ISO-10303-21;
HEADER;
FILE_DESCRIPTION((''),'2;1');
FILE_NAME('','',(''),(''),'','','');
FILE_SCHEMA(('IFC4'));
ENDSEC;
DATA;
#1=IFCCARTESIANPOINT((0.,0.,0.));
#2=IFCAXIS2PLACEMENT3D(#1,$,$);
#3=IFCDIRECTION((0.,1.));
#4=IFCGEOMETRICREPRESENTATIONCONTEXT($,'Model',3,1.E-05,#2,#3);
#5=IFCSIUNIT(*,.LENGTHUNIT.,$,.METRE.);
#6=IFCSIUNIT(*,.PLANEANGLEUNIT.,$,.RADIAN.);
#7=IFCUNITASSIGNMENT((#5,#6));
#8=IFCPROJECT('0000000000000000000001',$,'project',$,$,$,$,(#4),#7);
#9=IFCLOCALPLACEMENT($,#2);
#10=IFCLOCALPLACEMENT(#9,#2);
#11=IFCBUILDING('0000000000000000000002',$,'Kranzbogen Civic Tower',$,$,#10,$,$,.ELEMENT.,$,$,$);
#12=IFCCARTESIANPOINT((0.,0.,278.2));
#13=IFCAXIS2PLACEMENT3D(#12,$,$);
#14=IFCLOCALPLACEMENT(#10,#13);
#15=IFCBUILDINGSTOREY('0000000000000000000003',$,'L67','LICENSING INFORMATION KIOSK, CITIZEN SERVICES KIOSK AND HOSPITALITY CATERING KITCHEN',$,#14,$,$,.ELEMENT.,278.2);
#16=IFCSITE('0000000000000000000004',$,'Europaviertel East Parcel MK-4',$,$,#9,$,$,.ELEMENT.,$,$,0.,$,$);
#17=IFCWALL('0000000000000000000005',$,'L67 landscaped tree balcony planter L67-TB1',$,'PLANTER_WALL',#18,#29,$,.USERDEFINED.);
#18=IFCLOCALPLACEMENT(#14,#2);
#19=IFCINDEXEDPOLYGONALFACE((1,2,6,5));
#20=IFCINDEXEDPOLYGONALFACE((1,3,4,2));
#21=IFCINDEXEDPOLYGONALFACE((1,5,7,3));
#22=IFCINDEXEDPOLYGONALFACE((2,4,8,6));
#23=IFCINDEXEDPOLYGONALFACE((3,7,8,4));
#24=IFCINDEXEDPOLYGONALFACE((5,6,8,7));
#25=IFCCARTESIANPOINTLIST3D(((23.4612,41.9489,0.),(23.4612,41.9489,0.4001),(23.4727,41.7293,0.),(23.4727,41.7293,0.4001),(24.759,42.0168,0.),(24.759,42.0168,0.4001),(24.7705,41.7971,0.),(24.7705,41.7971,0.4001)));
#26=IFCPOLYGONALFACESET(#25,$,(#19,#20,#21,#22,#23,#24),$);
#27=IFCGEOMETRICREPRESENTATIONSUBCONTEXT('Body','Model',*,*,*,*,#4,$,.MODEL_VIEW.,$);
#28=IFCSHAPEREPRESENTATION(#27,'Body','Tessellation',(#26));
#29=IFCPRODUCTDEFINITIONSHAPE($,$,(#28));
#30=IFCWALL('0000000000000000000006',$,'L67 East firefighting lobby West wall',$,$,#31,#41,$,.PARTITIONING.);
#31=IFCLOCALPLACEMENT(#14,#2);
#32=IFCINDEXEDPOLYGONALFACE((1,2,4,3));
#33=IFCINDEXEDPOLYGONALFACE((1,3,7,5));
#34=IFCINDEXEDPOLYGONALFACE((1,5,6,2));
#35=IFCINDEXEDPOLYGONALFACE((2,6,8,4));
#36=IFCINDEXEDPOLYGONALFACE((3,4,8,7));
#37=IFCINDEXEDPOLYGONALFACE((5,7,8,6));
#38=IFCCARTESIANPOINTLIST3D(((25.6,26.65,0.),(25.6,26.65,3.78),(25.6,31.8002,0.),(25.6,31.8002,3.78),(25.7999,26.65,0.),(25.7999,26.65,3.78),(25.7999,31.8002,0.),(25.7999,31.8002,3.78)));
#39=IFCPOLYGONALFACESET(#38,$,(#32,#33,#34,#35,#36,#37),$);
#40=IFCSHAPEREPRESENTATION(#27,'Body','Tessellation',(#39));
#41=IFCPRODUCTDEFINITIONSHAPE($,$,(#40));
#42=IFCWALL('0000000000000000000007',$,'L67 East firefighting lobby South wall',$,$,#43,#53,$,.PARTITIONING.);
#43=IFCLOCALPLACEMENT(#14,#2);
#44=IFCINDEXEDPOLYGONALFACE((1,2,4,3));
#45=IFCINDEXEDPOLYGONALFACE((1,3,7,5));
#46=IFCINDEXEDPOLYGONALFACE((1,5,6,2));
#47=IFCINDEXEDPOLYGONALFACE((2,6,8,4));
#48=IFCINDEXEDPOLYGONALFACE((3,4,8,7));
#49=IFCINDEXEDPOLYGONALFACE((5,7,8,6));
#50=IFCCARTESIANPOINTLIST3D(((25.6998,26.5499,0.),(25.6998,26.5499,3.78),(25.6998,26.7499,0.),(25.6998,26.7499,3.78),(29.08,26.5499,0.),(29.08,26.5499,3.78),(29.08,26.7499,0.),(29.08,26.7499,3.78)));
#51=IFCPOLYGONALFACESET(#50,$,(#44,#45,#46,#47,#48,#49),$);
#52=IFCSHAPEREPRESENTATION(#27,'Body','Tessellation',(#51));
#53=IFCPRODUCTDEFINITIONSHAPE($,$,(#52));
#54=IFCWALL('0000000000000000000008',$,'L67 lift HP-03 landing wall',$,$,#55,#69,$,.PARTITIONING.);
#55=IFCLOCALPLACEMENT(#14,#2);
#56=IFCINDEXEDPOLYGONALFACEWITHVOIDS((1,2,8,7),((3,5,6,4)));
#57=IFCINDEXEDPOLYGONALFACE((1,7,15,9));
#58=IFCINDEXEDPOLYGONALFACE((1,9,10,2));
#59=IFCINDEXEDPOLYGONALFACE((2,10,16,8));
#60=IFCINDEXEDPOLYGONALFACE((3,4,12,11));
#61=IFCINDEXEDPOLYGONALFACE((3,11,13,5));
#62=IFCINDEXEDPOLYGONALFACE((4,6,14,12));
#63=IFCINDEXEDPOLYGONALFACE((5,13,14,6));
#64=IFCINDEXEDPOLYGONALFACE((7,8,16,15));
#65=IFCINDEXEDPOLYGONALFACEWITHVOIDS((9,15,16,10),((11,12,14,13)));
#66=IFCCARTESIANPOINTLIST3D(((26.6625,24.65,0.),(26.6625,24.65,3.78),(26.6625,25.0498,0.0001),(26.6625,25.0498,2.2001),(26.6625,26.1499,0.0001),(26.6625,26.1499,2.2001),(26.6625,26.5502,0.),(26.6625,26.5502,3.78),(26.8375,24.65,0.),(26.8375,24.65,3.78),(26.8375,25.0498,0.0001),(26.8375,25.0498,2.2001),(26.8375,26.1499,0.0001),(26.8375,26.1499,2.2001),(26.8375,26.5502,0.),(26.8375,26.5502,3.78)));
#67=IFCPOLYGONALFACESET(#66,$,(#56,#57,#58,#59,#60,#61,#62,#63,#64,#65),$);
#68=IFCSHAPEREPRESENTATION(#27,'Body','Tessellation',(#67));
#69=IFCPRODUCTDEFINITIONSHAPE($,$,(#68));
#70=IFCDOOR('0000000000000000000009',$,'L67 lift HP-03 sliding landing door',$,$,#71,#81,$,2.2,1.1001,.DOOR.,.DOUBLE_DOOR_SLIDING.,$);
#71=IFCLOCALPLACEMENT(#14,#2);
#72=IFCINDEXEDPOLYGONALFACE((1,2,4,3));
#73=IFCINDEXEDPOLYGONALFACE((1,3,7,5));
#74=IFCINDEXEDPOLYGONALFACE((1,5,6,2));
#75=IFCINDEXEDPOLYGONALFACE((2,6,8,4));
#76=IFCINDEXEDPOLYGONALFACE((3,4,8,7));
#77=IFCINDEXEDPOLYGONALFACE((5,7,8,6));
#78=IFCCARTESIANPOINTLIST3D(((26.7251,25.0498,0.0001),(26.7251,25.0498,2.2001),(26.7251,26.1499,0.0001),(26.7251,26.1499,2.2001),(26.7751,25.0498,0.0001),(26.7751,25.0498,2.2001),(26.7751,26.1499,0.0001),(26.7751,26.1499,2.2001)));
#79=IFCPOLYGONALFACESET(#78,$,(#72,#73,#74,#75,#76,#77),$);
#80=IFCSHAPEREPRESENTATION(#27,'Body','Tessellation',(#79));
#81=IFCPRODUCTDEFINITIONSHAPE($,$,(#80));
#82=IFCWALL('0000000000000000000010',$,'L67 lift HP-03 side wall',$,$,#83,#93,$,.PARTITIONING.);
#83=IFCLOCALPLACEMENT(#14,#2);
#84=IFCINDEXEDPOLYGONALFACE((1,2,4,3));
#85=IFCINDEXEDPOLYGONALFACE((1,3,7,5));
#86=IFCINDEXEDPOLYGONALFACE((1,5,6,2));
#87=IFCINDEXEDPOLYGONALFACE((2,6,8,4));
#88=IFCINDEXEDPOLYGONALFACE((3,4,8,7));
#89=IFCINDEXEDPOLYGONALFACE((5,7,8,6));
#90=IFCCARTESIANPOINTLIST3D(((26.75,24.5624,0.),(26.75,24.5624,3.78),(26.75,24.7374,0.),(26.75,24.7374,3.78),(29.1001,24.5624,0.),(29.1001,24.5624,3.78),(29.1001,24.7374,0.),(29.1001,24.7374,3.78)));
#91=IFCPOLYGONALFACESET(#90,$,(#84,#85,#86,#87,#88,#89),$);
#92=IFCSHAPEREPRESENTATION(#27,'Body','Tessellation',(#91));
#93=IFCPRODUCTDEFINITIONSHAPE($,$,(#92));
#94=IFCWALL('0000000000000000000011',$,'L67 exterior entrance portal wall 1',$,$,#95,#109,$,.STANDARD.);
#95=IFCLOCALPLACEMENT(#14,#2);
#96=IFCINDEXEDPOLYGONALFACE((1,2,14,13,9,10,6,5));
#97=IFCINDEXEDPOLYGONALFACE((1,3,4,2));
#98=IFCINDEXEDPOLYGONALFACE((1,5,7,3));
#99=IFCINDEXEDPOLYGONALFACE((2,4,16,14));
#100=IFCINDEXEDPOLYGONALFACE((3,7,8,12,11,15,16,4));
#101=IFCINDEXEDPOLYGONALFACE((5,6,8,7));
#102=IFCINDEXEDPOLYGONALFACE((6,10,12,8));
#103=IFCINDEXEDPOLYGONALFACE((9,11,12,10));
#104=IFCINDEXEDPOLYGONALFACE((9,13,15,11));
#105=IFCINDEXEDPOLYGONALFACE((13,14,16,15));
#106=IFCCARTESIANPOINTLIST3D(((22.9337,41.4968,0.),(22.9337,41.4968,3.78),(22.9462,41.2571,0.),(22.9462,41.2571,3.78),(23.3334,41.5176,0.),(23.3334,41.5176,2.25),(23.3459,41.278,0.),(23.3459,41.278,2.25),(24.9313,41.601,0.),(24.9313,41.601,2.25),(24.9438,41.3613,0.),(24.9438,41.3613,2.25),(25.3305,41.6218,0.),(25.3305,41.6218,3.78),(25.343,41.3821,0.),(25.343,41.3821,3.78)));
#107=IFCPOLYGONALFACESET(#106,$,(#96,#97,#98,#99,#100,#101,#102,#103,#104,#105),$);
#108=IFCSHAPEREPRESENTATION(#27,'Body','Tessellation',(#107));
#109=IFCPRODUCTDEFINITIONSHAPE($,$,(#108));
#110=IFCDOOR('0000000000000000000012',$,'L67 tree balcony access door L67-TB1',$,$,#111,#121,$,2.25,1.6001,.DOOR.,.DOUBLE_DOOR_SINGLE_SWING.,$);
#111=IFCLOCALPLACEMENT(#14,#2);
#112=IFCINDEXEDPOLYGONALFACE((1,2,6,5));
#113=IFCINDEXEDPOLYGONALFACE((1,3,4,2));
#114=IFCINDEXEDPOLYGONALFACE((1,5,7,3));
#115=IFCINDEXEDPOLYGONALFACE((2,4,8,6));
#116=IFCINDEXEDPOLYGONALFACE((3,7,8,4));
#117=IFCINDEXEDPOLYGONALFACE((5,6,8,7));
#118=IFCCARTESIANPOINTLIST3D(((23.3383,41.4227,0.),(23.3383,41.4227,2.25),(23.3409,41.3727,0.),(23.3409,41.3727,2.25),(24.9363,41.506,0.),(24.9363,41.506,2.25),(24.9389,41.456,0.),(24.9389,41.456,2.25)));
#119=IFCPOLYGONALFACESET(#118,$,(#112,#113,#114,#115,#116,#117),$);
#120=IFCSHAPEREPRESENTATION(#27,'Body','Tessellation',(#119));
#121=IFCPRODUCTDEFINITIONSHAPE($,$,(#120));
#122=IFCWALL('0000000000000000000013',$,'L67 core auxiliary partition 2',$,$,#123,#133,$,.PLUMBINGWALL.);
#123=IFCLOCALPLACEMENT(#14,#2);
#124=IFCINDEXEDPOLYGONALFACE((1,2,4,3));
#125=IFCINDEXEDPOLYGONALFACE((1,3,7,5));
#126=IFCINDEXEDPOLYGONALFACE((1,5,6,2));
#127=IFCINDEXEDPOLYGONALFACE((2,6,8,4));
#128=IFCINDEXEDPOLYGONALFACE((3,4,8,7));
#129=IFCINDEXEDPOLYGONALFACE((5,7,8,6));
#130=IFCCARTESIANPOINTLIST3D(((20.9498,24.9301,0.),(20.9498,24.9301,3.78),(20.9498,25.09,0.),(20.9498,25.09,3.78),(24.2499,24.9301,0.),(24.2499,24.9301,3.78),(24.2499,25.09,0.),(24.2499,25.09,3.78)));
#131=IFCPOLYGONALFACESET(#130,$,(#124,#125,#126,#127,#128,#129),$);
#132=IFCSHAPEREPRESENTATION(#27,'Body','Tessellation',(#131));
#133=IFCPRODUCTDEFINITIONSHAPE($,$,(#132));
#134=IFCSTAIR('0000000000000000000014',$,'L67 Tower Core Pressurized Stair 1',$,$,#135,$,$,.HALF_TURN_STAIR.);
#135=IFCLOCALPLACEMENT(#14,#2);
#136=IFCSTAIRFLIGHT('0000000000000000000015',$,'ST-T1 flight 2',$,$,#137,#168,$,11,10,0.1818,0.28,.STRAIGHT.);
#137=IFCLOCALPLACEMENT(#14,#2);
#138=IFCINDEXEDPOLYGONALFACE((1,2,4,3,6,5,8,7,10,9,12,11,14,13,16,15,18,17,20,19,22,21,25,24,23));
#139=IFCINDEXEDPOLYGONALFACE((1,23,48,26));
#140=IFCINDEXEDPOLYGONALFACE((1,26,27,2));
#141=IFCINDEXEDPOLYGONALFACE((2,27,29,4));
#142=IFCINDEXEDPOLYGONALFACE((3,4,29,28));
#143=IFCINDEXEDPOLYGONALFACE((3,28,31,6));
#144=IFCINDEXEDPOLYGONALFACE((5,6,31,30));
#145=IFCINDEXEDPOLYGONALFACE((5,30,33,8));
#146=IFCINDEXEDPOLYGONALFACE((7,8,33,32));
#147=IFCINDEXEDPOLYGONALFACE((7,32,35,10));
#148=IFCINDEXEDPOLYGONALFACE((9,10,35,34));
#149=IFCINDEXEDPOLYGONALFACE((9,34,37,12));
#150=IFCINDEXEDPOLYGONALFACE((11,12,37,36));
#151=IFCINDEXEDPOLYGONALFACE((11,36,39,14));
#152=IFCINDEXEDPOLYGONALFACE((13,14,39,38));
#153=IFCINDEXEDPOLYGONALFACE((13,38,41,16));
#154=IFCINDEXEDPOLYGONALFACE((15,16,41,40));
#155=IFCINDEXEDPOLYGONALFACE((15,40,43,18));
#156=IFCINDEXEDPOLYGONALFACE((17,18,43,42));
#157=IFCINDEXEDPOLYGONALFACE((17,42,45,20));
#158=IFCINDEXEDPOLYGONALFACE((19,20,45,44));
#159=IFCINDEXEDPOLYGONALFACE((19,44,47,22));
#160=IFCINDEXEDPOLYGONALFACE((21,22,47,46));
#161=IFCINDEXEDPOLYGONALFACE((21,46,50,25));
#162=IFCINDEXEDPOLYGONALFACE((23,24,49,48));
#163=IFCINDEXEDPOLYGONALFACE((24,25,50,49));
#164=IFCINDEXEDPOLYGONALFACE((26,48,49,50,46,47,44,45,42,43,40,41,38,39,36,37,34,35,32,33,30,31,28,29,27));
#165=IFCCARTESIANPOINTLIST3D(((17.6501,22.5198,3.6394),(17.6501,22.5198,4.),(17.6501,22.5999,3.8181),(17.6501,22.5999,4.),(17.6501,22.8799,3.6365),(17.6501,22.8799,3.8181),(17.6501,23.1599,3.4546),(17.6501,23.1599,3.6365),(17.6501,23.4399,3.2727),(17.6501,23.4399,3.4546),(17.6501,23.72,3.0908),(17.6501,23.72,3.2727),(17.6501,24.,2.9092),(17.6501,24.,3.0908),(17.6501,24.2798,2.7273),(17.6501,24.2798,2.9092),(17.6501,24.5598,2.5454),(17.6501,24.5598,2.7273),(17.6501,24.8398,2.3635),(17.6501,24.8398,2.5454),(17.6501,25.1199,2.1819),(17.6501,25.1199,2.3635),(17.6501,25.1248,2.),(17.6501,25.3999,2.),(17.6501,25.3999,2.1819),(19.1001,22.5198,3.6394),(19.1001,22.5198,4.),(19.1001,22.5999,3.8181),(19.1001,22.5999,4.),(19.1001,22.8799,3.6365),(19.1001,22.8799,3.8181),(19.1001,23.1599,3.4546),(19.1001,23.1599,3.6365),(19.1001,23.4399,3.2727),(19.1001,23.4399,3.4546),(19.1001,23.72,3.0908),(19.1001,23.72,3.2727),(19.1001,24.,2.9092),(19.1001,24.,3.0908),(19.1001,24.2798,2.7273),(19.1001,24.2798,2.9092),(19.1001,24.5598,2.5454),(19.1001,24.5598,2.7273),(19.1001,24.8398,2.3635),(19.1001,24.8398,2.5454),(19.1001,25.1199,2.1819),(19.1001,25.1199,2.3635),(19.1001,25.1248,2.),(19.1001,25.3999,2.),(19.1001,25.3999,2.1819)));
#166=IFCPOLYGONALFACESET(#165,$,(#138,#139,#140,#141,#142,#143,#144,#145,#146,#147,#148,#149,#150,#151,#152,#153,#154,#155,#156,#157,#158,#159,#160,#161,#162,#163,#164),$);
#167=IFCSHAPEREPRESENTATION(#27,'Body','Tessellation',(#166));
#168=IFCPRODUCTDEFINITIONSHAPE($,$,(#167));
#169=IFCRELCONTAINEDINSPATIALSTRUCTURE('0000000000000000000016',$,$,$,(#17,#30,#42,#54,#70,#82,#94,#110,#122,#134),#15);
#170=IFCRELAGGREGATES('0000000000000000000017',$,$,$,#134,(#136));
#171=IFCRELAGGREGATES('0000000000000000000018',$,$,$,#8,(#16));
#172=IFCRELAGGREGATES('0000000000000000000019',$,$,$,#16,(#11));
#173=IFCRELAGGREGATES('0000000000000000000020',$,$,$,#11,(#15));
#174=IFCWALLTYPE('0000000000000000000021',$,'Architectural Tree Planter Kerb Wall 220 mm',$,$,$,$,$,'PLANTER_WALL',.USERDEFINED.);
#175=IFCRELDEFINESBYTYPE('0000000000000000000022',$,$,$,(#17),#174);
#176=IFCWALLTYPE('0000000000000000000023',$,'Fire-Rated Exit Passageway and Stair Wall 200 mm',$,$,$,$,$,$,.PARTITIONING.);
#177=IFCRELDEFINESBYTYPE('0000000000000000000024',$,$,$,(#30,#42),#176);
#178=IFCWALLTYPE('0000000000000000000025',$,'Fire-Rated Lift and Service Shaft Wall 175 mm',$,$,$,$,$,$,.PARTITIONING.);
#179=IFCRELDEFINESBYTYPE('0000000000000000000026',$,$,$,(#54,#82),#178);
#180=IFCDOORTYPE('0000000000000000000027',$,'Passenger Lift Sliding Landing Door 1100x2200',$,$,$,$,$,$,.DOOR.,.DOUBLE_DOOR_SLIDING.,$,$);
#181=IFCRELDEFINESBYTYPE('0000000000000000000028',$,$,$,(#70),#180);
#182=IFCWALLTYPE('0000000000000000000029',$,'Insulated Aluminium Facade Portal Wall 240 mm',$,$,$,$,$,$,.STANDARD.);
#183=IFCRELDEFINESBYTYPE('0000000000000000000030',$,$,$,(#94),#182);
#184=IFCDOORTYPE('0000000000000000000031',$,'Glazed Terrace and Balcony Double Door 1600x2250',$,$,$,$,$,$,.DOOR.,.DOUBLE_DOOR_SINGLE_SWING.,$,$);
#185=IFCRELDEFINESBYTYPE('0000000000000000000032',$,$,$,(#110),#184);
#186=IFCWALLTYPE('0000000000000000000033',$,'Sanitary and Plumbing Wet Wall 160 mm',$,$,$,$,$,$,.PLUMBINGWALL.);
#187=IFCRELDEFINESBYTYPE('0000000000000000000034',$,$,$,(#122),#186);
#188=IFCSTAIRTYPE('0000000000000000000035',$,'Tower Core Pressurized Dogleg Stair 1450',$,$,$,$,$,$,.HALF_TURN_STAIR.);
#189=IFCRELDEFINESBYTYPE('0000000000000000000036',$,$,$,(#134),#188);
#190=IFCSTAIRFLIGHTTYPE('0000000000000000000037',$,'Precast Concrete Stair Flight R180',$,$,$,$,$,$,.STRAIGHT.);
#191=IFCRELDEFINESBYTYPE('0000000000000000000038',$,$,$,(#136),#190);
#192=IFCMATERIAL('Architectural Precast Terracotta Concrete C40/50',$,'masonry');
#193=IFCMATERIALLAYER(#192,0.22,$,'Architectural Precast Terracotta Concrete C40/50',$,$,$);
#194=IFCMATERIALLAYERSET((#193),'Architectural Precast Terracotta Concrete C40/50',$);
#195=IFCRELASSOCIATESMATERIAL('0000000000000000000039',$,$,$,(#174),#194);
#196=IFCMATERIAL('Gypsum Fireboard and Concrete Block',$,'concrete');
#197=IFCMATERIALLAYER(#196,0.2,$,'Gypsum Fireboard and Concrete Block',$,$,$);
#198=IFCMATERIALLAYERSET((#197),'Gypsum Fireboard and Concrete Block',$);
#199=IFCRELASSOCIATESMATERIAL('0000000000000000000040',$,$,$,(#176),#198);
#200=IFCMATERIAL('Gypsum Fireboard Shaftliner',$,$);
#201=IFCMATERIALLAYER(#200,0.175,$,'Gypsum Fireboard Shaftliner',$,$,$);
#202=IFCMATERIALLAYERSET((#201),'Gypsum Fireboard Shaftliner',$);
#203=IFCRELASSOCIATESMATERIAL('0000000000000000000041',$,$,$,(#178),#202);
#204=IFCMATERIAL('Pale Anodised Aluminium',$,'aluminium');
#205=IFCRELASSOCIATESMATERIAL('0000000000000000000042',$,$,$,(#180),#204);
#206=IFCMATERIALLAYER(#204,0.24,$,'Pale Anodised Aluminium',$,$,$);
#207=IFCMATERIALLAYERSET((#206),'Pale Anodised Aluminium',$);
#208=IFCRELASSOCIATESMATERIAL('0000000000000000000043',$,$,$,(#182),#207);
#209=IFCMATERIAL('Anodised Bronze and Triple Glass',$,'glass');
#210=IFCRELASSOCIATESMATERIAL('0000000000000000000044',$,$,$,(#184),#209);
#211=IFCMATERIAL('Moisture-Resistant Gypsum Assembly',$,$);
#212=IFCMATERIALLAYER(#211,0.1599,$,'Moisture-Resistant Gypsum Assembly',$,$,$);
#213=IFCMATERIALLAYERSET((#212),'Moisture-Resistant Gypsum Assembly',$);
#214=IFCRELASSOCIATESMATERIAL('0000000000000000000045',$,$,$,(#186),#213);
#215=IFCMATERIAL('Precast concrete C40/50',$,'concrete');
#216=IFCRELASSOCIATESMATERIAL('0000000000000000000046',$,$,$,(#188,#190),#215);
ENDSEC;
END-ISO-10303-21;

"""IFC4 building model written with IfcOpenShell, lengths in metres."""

from ifc_helpers import new_model, si_unit, direction, frame, frame_2d, origin, place, context, subcontext, project, spatial, polyline, rectangle, outline, extrude, material, layer, layer_set, type_object, element, fill, aggregate, save


model = new_model("IFC4")

# Units and contexts
model_context = context("Model", 3, precision=1e-05, world=origin(), true_north=direction((0.0, 1.0)))
body_context = subcontext(model_context, "Body", "Model", "MODEL_VIEW")
ifc_project = project(units=[si_unit("LENGTHUNIT", "METRE"), si_unit("PLANEANGLEUNIT", "RADIAN")], contexts=[model_context])

# Site, building, storey
site_placement = place(None, origin())
site = spatial("IfcSite", under=ifc_project, at=site_placement, Name="Europaviertel East Parcel MK-4", CompositionType="ELEMENT", RefElevation=0.0)
building_placement = place(site_placement, origin())
building = spatial("IfcBuilding", under=site, at=building_placement, Name="Kranzbogen Civic Tower", CompositionType="ELEMENT")
storey_placement = place(building_placement, frame((0.0, 0.0, 278.2)))
storey = spatial("IfcBuildingStorey", under=building, at=storey_placement, Name="L67", Description="LICENSING INFORMATION KIOSK, CITIZEN SERVICES KIOSK AND HOSPITALITY CATERING KITCHEN", CompositionType="ELEMENT", Elevation=278.2)

# Shared definitions
ifc_material_1 = material(Name="Pale Anodised Aluminium", Category="aluminium")

# Walls
ifc_material_2 = material(Name="Architectural Precast Terracotta Concrete C40/50", Category="masonry")
ifc_layer_1 = layer(ifc_material_2, 0.22, Name="Architectural Precast Terracotta Concrete C40/50")
ifc_layer_set_1 = layer_set([ifc_layer_1], Name="Architectural Precast Terracotta Concrete C40/50")
wall_type_1 = type_object("IfcWallType", Name="Architectural Tree Planter Kerb Wall 220 mm", ElementType="PLANTER_WALL", PredefinedType="USERDEFINED", material=ifc_layer_set_1)
wall_1_placement = place(storey_placement, frame((24.7649, 41.907, 0.0), z_axis=(0.0, 0.0, 1.0), x_axis=(-0.998635, -0.052224, 0.0)))
element("IfcWall", 1, at=wall_1_placement, inside=storey, type_object=wall_type_1, Name="L67 landscaped tree balcony planter L67-TB1", ObjectType="PLANTER_WALL", PredefinedType="USERDEFINED", context=body_context, shape_type="SweptSolid", body=[
    extrude(rectangle(XDim=1.2996, YDim=0.22, at=frame_2d((0.6499, 0.0))), origin(), (0.0, 0.0, 1.0), 0.4001),
])
ifc_material_3 = material(Name="Gypsum Fireboard and Concrete Block", Category="concrete")
ifc_layer_2 = layer(ifc_material_3, 0.2, Name="Gypsum Fireboard and Concrete Block")
ifc_layer_set_2 = layer_set([ifc_layer_2], Name="Gypsum Fireboard and Concrete Block")
wall_type_2 = type_object("IfcWallType", Name="Fire-Rated Exit Passageway and Stair Wall 200 mm", PredefinedType="PARTITIONING", material=ifc_layer_set_2)
wall_2_placement = place(storey_placement, frame((25.7, 26.6499, 0.0), z_axis=(0.0, 0.0, 1.0), x_axis=(0.0, 1.0, 0.0)))
element("IfcWall", 2, at=wall_2_placement, inside=storey, type_object=wall_type_2, Name="L67 East firefighting lobby West wall", PredefinedType="PARTITIONING", context=body_context, shape_type="SweptSolid", body=[
    extrude(rectangle(XDim=5.1501, YDim=0.2, at=frame_2d((2.5752, 0.0))), origin(), (0.0, 0.0, 1.0), 3.78),
])
wall_3_placement = place(storey_placement, frame((25.7, 26.6499, 0.0), z_axis=(0.0, 0.0, 1.0), x_axis=(1.0, 0.0, 0.0)))
element("IfcWall", 3, at=wall_3_placement, inside=storey, type_object=wall_type_2, Name="L67 East firefighting lobby South wall", PredefinedType="PARTITIONING", context=body_context, shape_type="SweptSolid", body=[
    extrude(rectangle(XDim=3.3801, YDim=0.2, at=frame_2d((1.6899, 0.0))), origin(), (0.0, 0.0, 1.0), 3.78),
])

# Wall, opening, door
ifc_material_4 = material(Name="Gypsum Fireboard Shaftliner")
ifc_layer_3 = layer(ifc_material_4, 0.175, Name="Gypsum Fireboard Shaftliner")
ifc_layer_set_3 = layer_set([ifc_layer_3], Name="Gypsum Fireboard Shaftliner")
wall_type_3 = type_object("IfcWallType", Name="Fire-Rated Lift and Service Shaft Wall 175 mm", PredefinedType="PARTITIONING", material=ifc_layer_set_3)
wall_4_placement = place(storey_placement, frame((26.75, 24.6499, 0.0), z_axis=(0.0, 0.0, 1.0), x_axis=(0.0, 1.0, 0.0)))
wall_4 = element("IfcWall", 4, at=wall_4_placement, inside=storey, type_object=wall_type_3, Name="L67 lift HP-03 landing wall", PredefinedType="PARTITIONING", context=body_context, shape_type="SweptSolid", body=[
    extrude(rectangle(XDim=1.9001, YDim=0.175, at=frame_2d((0.9502, 0.0))), origin(), (0.0, 0.0, 1.0), 3.78),
])
opening_1_placement = place(wall_4_placement, frame((0.3999, 0.0, 0.0)))
opening_1 = element("IfcOpeningElement", 5, at=opening_1_placement, cuts=wall_4, PredefinedType="OPENING", context=body_context, shape_type="SweptSolid", body=[
    extrude(rectangle(XDim=1.1001, YDim=2.2, at=frame_2d((0.55, 1.1001))), frame((0.0, 0.0977, 0.0), z_axis=(0.0, -1.0, 0.0), x_axis=(1.0, 0.0, 0.0)), (0.0, 0.0, 1.0), 0.1951),
])
door_type_1 = type_object("IfcDoorType", Name="Passenger Lift Sliding Landing Door 1100x2200", OperationType="DOUBLE_DOOR_SLIDING", PredefinedType="DOOR", material=ifc_material_1)
door_1_placement = place(opening_1_placement, origin())
door_1 = element("IfcDoor", 6, at=door_1_placement, inside=storey, type_object=door_type_1, Name="L67 lift HP-03 sliding landing door", OperationType="DOUBLE_DOOR_SLIDING", OverallHeight=2.2, OverallWidth=1.1001, PredefinedType="DOOR", context=body_context, shape_type="SweptSolid", body=[
    extrude(rectangle(XDim=1.1001, YDim=2.2, at=frame_2d((0.55, 1.1001))), frame((0.0, 0.0249, 0.0), z_axis=(0.0, -1.0, 0.0), x_axis=(1.0, 0.0, 0.0)), (0.0, 0.0, 1.0), 0.05),
])
fill(opening_1, door_1)

# Wall
wall_5_placement = place(storey_placement, frame((26.75, 24.6499, 0.0), z_axis=(0.0, 0.0, 1.0), x_axis=(1.0, 0.0, 0.0)))
element("IfcWall", 7, at=wall_5_placement, inside=storey, type_object=wall_type_3, Name="L67 lift HP-03 side wall", PredefinedType="PARTITIONING", context=body_context, shape_type="SweptSolid", body=[
    extrude(rectangle(XDim=2.3501, YDim=0.175, at=frame_2d((1.175, 0.0))), origin(), (0.0, 0.0, 1.0), 3.78),
])

# Wall, opening, door
ifc_layer_4 = layer(ifc_material_1, 0.24, Name="Pale Anodised Aluminium")
ifc_layer_set_4 = layer_set([ifc_layer_4], Name="Pale Anodised Aluminium")
wall_type_4 = type_object("IfcWallType", Name="Insulated Aluminium Facade Portal Wall 240 mm", PredefinedType="STANDARD", material=ifc_layer_set_4)
wall_6_placement = place(storey_placement, frame((25.3369, 41.502, 0.0), z_axis=(0.0, 0.0, 1.0), x_axis=(-0.998643, -0.052078, 0.0)))
wall_6 = element("IfcWall", 8, at=wall_6_placement, inside=storey, type_object=wall_type_4, Name="L67 exterior entrance portal wall 1", PredefinedType="STANDARD", context=body_context, shape_type="SweptSolid", body=[
    extrude(rectangle(XDim=2.4001, YDim=0.24, at=frame_2d((1.2002, 0.0))), origin(), (0.0, 0.0, 1.0), 3.78),
])
opening_2_placement = place(wall_6_placement, frame((0.3999, 0.0, 0.0)))
opening_2 = element("IfcOpeningElement", 9, at=opening_2_placement, cuts=wall_6, PredefinedType="OPENING", context=body_context, shape_type="SweptSolid", body=[
    extrude(rectangle(XDim=1.6001, YDim=2.25, at=frame_2d((0.8, 1.125))), frame((0.0, 0.1299, 0.0), z_axis=(0.0, -1.0, 0.0), x_axis=(1.0, 0.0, 0.0)), (0.0, 0.0, 1.0), 0.26),
])
ifc_material_5 = material(Name="Anodised Bronze and Triple Glass", Category="glass")
door_type_2 = type_object("IfcDoorType", Name="Glazed Terrace and Balcony Double Door 1600x2250", OperationType="DOUBLE_DOOR_SINGLE_SWING", PredefinedType="DOOR", material=ifc_material_5)
door_2_placement = place(opening_2_placement, frame((1.6001, 0.0, 0.0), z_axis=(0.0, 0.0, 1.0), x_axis=(-1.0, 0.0, 0.0)))
door_2 = element("IfcDoor", 10, at=door_2_placement, inside=storey, type_object=door_type_2, Name="L67 tree balcony access door L67-TB1", OperationType="DOUBLE_DOOR_SINGLE_SWING", OverallHeight=2.25, OverallWidth=1.6001, PredefinedType="DOOR", context=body_context, shape_type="SweptSolid", body=[
    extrude(rectangle(XDim=1.6001, YDim=2.25, at=frame_2d((0.8, 1.125))), frame((0.0, 0.0249, 0.0), z_axis=(0.0, -1.0, 0.0), x_axis=(1.0, 0.0, 0.0)), (0.0, 0.0, 1.0), 0.05),
])
fill(opening_2, door_2)

# Wall
ifc_material_6 = material(Name="Moisture-Resistant Gypsum Assembly")
ifc_layer_5 = layer(ifc_material_6, 0.1599, Name="Moisture-Resistant Gypsum Assembly")
ifc_layer_set_5 = layer_set([ifc_layer_5], Name="Moisture-Resistant Gypsum Assembly")
wall_type_5 = type_object("IfcWallType", Name="Sanitary and Plumbing Wet Wall 160 mm", PredefinedType="PLUMBINGWALL", material=ifc_layer_set_5)
wall_7_placement = place(storey_placement, frame((20.95, 25.01, 0.0), z_axis=(0.0, 0.0, 1.0), x_axis=(1.0, 0.0, 0.0)))
element("IfcWall", 11, at=wall_7_placement, inside=storey, type_object=wall_type_5, Name="L67 core auxiliary partition 2", PredefinedType="PLUMBINGWALL", context=body_context, shape_type="SweptSolid", body=[
    extrude(rectangle(XDim=3.3, YDim=0.1599, at=frame_2d((1.6499, 0.0))), origin(), (0.0, 0.0, 1.0), 3.78),
])

# Stair, stair flight
ifc_material_7 = material(Name="Precast concrete C40/50", Category="concrete")
stair_type = type_object("IfcStairType", Name="Tower Core Pressurized Dogleg Stair 1450", PredefinedType="HALF_TURN_STAIR", material=ifc_material_7)
stair_placement = place(storey_placement, origin())
stair = element("IfcStair", 12, at=stair_placement, inside=storey, type_object=stair_type, Name="L67 Tower Core Pressurized Stair 1", PredefinedType="HALF_TURN_STAIR")
stair_flight_type = type_object("IfcStairFlightType", Name="Precast Concrete Stair Flight R180", PredefinedType="STRAIGHT", material=ifc_material_7)
stair_flight_placement = place(storey_placement, frame((18.375, 25.3999, 2.0), z_axis=(0.0, 0.0, 1.0), x_axis=(0.0, -1.0, 0.0)))
stair_flight = element("IfcStairFlight", 13, at=stair_flight_placement, type_object=stair_flight_type, Name="ST-T1 flight 2", NumberOfRisers=11, NumberOfTreads=10, PredefinedType="STRAIGHT", RiserHeight=0.1818, TreadLength=0.28, context=body_context, shape_type="SweptSolid", body=[
    extrude(outline(polyline([(0.0, 0.0), (0.0, 0.1819), (0.28, 0.1819), (0.28, 0.3635), (0.5601, 0.3635), (0.5601, 0.5454), (0.8401, 0.5454), (0.8401, 0.7273), (1.1201, 0.7273), (1.1201, 0.9092), (1.3999, 0.9092), (1.3999, 1.0908), (1.6799, 1.0908), (1.6799, 1.2727), (1.96, 1.2727), (1.96, 1.4546), (2.24, 1.4546), (2.24, 1.6365), (2.52, 1.6365), (2.52, 1.8181), (2.8, 1.8181), (2.8, 2.0), (2.8801, 2.0), (2.8801, 1.6394), (0.2751, 0.0), (0.0, 0.0)])), frame((0.0, 0.7251, 0.0), z_axis=(0.0, -1.0, 0.0), x_axis=(1.0, 0.0, 0.0)), (0.0, 0.0, 1.0), 1.45),
])
aggregate(stair, [stair_flight])

save(model, "model.ifc")
